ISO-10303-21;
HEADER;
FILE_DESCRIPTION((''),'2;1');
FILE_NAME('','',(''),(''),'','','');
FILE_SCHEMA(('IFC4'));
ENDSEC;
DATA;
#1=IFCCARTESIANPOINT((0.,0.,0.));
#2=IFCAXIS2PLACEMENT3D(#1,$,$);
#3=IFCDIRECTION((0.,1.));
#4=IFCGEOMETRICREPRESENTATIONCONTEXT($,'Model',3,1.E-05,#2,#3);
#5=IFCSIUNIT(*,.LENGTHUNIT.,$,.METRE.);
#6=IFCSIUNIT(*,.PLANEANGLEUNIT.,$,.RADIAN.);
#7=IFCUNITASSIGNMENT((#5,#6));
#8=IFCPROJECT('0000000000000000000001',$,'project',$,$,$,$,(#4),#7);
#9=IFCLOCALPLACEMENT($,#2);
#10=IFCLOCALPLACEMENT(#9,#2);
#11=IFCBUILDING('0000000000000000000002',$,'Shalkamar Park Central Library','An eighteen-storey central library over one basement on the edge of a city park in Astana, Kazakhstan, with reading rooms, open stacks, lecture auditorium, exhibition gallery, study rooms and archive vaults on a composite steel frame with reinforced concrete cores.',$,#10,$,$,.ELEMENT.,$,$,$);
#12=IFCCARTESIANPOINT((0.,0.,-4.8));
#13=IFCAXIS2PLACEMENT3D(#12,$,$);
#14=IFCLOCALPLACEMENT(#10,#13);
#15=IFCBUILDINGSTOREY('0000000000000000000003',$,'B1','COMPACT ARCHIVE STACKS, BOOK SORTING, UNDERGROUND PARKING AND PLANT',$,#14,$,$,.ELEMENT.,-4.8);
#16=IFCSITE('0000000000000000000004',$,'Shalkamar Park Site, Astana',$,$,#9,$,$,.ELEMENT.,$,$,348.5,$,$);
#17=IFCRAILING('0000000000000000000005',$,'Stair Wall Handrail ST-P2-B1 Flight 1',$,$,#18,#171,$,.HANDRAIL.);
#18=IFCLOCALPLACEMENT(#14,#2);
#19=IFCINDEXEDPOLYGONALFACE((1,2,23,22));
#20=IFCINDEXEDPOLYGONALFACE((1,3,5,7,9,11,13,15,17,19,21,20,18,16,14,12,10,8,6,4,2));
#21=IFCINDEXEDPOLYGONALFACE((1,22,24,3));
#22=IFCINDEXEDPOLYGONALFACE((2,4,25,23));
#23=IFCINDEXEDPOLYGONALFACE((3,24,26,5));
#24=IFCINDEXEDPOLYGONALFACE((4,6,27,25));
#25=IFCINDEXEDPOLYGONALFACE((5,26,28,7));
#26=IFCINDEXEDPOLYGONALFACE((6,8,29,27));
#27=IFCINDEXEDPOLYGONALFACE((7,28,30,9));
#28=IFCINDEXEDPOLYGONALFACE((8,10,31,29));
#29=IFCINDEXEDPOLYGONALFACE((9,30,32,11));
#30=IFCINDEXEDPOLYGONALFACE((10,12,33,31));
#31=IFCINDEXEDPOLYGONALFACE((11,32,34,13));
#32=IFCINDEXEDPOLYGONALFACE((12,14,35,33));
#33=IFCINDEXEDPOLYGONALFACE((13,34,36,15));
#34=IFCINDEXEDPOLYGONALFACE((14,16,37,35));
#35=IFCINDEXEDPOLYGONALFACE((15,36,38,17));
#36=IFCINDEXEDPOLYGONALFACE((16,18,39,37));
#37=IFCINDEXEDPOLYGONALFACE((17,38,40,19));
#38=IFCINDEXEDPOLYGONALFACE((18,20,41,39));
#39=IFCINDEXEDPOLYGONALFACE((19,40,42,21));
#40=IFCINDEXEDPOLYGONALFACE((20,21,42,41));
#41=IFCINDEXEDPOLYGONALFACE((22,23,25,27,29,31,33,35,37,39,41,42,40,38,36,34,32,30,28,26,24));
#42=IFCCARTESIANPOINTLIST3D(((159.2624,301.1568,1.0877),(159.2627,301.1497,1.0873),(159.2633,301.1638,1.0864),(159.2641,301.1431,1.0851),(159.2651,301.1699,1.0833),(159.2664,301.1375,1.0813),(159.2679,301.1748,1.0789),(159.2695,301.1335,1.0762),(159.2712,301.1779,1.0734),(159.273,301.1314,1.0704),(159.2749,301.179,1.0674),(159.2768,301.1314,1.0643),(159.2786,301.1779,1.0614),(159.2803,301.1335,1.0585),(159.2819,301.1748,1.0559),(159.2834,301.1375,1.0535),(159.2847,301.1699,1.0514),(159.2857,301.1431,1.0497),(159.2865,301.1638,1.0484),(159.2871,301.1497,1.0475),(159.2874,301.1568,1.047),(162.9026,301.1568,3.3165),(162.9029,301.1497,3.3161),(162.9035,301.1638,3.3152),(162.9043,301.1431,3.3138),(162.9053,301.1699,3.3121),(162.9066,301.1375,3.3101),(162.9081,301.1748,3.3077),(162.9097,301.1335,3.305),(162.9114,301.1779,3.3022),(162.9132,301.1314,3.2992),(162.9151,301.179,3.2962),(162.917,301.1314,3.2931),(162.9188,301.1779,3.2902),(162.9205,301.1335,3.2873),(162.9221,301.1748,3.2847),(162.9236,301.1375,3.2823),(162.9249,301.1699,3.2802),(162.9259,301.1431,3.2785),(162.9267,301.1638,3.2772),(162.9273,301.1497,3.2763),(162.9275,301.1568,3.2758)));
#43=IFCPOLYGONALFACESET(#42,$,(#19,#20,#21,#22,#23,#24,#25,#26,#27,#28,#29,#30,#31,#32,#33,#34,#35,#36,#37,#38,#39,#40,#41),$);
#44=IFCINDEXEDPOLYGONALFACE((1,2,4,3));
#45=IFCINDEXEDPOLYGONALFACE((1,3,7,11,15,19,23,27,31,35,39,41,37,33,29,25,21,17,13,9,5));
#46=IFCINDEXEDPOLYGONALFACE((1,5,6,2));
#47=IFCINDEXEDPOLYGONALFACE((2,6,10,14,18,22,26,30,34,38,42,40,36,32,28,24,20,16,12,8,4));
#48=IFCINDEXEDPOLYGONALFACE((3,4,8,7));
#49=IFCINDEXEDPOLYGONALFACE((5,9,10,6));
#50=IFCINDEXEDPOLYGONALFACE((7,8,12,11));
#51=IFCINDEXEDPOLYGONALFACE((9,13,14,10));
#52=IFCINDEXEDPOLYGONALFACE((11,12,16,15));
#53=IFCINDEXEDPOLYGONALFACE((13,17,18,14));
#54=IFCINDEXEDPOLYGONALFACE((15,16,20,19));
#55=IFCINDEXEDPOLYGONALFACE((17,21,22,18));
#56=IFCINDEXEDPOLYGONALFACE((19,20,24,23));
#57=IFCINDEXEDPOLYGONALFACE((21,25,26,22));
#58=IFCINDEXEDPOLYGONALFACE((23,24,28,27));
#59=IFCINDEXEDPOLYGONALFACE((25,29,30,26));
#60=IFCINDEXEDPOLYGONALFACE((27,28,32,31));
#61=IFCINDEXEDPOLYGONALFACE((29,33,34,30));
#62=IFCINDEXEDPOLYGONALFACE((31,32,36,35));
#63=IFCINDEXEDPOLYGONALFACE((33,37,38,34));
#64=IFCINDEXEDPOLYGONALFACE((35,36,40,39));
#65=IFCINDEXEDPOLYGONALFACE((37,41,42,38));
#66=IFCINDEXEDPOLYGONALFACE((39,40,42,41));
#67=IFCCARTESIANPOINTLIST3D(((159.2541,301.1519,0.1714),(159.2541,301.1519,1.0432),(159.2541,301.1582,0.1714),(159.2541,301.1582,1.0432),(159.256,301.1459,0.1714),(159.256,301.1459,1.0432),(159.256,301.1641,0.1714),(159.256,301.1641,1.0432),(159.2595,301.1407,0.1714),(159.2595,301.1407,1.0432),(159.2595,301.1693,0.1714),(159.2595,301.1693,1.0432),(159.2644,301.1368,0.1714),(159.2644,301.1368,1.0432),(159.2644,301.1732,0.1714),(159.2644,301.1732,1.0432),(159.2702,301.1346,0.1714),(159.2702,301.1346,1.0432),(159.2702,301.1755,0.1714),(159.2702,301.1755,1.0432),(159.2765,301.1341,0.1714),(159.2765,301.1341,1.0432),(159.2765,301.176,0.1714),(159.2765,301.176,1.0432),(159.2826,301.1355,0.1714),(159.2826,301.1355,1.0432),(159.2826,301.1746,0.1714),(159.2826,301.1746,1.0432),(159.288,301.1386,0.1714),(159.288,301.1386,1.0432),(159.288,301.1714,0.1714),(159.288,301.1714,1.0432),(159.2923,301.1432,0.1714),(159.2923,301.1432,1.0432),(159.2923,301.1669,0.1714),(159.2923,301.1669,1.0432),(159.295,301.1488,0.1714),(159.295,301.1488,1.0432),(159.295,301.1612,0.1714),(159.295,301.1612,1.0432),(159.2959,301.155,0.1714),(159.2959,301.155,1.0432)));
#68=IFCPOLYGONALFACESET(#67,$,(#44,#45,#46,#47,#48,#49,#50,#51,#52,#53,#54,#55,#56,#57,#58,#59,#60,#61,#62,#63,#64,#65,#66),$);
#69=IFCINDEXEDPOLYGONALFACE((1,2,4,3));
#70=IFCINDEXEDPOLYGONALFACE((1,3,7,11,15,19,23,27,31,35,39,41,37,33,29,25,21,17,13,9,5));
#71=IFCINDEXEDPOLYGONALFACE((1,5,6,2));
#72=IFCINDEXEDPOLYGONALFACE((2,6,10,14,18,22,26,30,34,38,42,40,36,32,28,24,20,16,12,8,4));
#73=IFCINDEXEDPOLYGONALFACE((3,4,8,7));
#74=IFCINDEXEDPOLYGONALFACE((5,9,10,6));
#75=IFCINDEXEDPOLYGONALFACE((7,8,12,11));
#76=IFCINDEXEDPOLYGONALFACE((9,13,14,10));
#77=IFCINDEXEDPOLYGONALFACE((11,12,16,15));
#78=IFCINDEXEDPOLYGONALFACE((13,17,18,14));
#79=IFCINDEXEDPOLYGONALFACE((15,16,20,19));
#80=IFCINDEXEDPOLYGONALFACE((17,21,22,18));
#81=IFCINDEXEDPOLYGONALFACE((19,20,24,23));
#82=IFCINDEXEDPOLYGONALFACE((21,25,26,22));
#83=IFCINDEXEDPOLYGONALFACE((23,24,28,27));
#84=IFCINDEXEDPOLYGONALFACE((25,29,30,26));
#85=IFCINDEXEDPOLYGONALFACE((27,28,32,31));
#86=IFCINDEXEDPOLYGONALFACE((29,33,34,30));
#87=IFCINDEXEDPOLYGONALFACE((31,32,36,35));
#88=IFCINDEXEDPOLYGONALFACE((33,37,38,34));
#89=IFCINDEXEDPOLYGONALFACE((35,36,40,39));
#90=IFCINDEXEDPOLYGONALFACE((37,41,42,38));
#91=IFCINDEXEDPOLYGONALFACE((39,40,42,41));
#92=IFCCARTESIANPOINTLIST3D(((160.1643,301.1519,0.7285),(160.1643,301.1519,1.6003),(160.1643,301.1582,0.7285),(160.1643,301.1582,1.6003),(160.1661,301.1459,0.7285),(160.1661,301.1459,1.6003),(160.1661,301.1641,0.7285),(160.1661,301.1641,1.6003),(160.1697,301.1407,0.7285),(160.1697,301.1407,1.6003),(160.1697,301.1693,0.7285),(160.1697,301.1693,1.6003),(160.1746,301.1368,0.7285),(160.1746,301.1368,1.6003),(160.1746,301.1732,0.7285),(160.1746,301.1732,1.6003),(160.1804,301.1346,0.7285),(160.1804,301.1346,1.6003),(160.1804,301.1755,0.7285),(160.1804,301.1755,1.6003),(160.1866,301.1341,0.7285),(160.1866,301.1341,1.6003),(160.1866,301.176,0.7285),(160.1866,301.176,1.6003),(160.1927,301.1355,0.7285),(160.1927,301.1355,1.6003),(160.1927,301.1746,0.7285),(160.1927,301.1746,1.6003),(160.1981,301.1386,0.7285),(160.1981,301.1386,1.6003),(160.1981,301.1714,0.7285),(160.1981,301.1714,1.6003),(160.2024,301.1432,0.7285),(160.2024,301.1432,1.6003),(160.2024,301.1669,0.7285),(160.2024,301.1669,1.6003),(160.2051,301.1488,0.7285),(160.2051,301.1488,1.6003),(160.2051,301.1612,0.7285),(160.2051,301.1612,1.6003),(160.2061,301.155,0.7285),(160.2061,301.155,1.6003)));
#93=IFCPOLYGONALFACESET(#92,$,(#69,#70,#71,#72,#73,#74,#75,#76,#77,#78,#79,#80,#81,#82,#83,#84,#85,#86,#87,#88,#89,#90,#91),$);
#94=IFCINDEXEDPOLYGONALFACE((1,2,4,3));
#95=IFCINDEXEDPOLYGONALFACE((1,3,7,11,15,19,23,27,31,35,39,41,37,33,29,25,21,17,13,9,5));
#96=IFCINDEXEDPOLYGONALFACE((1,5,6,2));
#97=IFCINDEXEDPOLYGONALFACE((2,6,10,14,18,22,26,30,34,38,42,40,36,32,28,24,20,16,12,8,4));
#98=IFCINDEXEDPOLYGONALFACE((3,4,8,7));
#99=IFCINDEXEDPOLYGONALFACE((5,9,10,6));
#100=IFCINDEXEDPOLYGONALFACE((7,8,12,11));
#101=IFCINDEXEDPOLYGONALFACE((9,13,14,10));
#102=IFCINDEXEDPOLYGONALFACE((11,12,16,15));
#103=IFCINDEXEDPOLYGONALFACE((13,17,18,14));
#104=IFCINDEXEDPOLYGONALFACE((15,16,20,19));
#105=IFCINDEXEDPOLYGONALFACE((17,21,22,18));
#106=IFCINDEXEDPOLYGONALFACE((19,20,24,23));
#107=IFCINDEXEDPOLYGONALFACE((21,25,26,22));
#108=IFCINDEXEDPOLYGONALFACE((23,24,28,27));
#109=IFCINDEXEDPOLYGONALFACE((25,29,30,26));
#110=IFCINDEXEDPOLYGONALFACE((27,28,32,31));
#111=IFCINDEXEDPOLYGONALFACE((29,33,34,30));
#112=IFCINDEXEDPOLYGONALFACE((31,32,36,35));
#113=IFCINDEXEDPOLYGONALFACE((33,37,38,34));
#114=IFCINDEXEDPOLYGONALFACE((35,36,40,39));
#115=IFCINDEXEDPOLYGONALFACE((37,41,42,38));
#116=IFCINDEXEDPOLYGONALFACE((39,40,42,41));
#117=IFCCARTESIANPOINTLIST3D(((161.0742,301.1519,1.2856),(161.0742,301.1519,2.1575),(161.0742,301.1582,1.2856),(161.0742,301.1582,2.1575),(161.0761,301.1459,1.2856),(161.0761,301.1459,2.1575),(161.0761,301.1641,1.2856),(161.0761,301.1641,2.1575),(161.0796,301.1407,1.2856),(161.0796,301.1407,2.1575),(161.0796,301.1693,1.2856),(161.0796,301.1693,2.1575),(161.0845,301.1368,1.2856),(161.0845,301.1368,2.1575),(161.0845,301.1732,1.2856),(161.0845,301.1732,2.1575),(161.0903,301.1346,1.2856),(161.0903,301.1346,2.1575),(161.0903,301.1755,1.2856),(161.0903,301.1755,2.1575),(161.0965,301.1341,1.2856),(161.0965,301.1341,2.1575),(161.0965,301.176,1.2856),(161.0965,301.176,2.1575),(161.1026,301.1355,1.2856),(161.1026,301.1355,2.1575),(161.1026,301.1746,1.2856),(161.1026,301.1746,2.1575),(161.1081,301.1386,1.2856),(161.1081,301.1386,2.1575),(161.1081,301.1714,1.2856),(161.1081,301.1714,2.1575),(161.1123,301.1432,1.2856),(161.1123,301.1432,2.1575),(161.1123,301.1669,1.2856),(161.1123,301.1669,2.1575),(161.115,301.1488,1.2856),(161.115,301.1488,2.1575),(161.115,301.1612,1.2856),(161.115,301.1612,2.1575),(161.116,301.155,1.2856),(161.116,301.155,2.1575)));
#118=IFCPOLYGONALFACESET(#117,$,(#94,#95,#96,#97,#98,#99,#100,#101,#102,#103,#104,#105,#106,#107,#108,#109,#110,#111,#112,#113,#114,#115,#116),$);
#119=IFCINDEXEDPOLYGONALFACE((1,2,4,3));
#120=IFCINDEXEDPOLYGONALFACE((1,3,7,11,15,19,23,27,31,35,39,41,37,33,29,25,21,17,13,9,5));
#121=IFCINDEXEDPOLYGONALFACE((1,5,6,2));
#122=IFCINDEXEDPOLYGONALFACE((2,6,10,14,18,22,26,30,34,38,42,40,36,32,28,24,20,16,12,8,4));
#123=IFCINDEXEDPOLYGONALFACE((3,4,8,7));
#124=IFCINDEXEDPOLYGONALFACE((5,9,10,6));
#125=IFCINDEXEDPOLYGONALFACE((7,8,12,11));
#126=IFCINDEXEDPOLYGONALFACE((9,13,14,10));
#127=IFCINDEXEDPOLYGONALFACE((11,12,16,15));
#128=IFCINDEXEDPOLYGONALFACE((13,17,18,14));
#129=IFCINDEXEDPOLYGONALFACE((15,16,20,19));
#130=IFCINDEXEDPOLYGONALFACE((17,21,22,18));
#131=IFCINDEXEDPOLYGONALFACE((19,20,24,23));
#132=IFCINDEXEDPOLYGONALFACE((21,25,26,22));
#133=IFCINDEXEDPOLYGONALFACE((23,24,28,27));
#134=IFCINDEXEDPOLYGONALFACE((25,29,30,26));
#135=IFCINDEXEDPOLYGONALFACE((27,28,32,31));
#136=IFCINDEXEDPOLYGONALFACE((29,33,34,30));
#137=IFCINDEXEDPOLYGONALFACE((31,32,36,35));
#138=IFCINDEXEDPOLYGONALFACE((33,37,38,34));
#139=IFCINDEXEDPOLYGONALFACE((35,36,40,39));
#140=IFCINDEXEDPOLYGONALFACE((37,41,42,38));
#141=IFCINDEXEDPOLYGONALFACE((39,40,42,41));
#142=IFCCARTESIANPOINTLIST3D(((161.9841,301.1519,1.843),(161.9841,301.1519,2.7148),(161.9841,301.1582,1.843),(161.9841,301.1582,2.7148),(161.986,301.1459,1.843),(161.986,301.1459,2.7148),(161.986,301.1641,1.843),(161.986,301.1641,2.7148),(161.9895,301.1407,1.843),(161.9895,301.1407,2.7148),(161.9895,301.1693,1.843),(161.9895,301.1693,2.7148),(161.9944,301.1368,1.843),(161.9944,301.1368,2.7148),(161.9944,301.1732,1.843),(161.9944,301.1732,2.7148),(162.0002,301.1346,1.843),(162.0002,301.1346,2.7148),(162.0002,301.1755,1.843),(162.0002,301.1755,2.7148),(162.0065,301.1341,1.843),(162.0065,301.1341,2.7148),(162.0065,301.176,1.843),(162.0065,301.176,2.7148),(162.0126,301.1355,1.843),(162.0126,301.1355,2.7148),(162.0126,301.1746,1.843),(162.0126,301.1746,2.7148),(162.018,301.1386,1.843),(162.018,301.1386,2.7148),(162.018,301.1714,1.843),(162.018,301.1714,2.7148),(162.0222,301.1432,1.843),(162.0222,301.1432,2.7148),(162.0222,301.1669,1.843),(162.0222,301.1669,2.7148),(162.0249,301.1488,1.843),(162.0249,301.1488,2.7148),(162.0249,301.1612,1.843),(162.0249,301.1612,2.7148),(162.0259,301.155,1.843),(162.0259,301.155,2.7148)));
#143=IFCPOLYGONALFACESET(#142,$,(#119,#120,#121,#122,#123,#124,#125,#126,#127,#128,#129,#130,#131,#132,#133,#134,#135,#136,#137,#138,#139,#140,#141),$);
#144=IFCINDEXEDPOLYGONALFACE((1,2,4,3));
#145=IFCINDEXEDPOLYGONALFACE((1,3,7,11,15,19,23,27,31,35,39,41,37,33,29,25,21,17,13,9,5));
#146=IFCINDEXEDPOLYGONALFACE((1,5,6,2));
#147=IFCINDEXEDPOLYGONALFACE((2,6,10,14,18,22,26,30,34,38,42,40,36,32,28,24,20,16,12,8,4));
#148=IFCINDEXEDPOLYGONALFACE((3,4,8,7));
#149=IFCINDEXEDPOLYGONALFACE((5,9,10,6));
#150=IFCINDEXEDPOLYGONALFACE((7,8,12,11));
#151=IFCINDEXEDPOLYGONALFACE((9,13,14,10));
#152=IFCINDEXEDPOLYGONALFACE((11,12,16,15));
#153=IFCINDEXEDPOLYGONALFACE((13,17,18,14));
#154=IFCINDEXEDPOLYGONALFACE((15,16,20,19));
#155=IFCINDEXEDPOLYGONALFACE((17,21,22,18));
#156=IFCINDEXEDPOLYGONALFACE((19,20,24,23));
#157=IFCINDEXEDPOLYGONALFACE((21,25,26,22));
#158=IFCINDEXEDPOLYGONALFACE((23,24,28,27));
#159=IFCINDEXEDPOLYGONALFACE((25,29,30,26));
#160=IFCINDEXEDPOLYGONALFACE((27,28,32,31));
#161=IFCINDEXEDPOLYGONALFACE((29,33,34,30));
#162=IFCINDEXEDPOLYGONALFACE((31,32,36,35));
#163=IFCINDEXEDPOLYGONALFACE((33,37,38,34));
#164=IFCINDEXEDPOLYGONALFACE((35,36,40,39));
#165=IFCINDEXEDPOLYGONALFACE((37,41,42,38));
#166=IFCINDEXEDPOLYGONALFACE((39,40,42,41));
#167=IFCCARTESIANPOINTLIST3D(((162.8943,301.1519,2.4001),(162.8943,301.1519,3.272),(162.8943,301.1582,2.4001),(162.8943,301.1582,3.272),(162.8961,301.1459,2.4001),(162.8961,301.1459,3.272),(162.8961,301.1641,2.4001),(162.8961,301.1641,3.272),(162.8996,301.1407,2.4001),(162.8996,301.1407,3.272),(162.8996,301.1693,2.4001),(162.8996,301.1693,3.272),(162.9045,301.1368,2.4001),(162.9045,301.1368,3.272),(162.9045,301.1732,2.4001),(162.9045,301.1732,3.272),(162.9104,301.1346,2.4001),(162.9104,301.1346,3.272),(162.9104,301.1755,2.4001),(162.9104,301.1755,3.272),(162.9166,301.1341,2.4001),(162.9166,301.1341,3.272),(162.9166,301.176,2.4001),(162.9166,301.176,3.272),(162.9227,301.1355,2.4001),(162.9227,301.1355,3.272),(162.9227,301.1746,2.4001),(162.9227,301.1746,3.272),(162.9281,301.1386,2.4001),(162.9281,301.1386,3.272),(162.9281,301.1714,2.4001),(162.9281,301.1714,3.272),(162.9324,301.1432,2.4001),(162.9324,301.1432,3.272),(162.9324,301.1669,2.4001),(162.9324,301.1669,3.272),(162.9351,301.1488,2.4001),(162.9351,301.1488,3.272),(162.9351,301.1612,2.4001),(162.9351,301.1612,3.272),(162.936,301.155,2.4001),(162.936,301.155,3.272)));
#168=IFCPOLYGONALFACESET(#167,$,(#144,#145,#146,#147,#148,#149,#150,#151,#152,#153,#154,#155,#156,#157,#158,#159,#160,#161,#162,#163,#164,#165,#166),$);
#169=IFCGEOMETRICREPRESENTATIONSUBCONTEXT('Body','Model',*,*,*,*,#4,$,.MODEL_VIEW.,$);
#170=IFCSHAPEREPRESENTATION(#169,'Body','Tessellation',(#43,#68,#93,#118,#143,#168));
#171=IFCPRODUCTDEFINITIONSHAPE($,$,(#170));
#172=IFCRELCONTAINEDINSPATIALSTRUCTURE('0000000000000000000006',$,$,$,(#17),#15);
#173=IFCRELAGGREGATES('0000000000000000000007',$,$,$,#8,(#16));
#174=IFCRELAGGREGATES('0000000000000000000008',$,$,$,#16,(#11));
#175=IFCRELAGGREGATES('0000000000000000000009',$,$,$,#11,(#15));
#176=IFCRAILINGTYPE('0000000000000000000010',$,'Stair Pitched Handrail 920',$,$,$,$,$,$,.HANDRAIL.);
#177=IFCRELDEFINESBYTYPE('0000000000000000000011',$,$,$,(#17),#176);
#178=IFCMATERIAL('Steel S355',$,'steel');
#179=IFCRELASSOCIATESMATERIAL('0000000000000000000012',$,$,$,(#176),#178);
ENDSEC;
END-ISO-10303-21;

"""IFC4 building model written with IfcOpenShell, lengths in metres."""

from ifc_helpers import new_model, si_unit, direction, frame, origin, origin_2d, place, context, subcontext, project, spatial, circle, extrude, material, type_object, element, save


model = new_model("IFC4")

# Units and contexts
model_context = context("Model", 3, precision=1e-05, world=origin(), true_north=direction((0.0, 1.0)))
body_context = subcontext(model_context, "Body", "Model", "MODEL_VIEW")
ifc_project = project(units=[si_unit("LENGTHUNIT", "METRE"), si_unit("PLANEANGLEUNIT", "RADIAN")], contexts=[model_context])

# Site, building, storey
site_placement = place(None, origin())
site = spatial("IfcSite", under=ifc_project, at=site_placement, Name="Shalkamar Park Site, Astana", CompositionType="ELEMENT", RefElevation=348.5)
building_placement = place(site_placement, origin())
building = spatial("IfcBuilding", under=site, at=building_placement, Name="Shalkamar Park Central Library", Description="An eighteen-storey central library over one basement on the edge of a city park in Astana, Kazakhstan, with reading rooms, open stacks, lecture auditorium, exhibition gallery, study rooms and archive vaults on a composite steel frame with reinforced concrete cores.", CompositionType="ELEMENT")
storey_placement = place(building_placement, frame((0.0, 0.0, -4.8)))
storey = spatial("IfcBuildingStorey", under=building, at=storey_placement, Name="B1", Description="COMPACT ARCHIVE STACKS, BOOK SORTING, UNDERGROUND PARKING AND PLANT", CompositionType="ELEMENT", Elevation=-4.8)

# Shared definitions
ifc_material_1 = material(Name="Steel S355", Category="steel")

# Railing
railing_type_1 = type_object("IfcRailingType", Name="Stair Pitched Handrail 920", PredefinedType="HANDRAIL", material=ifc_material_1)
railing_1_placement = place(storey_placement, frame((159.2749, 301.155, 0.1714)))
element("IfcRailing", 1, at=railing_1_placement, inside=storey, type_object=railing_type_1, Name="Stair Wall Handrail ST-P2-B1 Flight 1", PredefinedType="HANDRAIL", context=body_context, shape_type="SweptSolid", body=[
    extrude(circle(Radius=0.0239, at=origin_2d()), frame((0.0, 0.0, 0.896), z_axis=(0.85284, 0.0, 0.522172), x_axis=(0.0, 1.0, 0.0)), (0.0, 0.0, 1.0), 4.2683),
    extrude(circle(Radius=0.021, at=origin_2d()), origin(), (0.0, 0.0, 1.0), 0.8718),
    extrude(circle(Radius=0.021, at=origin_2d()), frame((0.9102, 0.0, 0.5571)), (0.0, 0.0, 1.0), 0.8718),
    extrude(circle(Radius=0.021, at=origin_2d()), frame((1.8201, 0.0, 1.1143)), (0.0, 0.0, 1.0), 0.8718),
    extrude(circle(Radius=0.021, at=origin_2d()), frame((2.73, 0.0, 1.6716)), (0.0, 0.0, 1.0), 0.8718),
    extrude(circle(Radius=0.021, at=origin_2d()), frame((3.6401, 0.0, 2.2288)), (0.0, 0.0, 1.0), 0.8718),
])

save(model, "model.ifc")
